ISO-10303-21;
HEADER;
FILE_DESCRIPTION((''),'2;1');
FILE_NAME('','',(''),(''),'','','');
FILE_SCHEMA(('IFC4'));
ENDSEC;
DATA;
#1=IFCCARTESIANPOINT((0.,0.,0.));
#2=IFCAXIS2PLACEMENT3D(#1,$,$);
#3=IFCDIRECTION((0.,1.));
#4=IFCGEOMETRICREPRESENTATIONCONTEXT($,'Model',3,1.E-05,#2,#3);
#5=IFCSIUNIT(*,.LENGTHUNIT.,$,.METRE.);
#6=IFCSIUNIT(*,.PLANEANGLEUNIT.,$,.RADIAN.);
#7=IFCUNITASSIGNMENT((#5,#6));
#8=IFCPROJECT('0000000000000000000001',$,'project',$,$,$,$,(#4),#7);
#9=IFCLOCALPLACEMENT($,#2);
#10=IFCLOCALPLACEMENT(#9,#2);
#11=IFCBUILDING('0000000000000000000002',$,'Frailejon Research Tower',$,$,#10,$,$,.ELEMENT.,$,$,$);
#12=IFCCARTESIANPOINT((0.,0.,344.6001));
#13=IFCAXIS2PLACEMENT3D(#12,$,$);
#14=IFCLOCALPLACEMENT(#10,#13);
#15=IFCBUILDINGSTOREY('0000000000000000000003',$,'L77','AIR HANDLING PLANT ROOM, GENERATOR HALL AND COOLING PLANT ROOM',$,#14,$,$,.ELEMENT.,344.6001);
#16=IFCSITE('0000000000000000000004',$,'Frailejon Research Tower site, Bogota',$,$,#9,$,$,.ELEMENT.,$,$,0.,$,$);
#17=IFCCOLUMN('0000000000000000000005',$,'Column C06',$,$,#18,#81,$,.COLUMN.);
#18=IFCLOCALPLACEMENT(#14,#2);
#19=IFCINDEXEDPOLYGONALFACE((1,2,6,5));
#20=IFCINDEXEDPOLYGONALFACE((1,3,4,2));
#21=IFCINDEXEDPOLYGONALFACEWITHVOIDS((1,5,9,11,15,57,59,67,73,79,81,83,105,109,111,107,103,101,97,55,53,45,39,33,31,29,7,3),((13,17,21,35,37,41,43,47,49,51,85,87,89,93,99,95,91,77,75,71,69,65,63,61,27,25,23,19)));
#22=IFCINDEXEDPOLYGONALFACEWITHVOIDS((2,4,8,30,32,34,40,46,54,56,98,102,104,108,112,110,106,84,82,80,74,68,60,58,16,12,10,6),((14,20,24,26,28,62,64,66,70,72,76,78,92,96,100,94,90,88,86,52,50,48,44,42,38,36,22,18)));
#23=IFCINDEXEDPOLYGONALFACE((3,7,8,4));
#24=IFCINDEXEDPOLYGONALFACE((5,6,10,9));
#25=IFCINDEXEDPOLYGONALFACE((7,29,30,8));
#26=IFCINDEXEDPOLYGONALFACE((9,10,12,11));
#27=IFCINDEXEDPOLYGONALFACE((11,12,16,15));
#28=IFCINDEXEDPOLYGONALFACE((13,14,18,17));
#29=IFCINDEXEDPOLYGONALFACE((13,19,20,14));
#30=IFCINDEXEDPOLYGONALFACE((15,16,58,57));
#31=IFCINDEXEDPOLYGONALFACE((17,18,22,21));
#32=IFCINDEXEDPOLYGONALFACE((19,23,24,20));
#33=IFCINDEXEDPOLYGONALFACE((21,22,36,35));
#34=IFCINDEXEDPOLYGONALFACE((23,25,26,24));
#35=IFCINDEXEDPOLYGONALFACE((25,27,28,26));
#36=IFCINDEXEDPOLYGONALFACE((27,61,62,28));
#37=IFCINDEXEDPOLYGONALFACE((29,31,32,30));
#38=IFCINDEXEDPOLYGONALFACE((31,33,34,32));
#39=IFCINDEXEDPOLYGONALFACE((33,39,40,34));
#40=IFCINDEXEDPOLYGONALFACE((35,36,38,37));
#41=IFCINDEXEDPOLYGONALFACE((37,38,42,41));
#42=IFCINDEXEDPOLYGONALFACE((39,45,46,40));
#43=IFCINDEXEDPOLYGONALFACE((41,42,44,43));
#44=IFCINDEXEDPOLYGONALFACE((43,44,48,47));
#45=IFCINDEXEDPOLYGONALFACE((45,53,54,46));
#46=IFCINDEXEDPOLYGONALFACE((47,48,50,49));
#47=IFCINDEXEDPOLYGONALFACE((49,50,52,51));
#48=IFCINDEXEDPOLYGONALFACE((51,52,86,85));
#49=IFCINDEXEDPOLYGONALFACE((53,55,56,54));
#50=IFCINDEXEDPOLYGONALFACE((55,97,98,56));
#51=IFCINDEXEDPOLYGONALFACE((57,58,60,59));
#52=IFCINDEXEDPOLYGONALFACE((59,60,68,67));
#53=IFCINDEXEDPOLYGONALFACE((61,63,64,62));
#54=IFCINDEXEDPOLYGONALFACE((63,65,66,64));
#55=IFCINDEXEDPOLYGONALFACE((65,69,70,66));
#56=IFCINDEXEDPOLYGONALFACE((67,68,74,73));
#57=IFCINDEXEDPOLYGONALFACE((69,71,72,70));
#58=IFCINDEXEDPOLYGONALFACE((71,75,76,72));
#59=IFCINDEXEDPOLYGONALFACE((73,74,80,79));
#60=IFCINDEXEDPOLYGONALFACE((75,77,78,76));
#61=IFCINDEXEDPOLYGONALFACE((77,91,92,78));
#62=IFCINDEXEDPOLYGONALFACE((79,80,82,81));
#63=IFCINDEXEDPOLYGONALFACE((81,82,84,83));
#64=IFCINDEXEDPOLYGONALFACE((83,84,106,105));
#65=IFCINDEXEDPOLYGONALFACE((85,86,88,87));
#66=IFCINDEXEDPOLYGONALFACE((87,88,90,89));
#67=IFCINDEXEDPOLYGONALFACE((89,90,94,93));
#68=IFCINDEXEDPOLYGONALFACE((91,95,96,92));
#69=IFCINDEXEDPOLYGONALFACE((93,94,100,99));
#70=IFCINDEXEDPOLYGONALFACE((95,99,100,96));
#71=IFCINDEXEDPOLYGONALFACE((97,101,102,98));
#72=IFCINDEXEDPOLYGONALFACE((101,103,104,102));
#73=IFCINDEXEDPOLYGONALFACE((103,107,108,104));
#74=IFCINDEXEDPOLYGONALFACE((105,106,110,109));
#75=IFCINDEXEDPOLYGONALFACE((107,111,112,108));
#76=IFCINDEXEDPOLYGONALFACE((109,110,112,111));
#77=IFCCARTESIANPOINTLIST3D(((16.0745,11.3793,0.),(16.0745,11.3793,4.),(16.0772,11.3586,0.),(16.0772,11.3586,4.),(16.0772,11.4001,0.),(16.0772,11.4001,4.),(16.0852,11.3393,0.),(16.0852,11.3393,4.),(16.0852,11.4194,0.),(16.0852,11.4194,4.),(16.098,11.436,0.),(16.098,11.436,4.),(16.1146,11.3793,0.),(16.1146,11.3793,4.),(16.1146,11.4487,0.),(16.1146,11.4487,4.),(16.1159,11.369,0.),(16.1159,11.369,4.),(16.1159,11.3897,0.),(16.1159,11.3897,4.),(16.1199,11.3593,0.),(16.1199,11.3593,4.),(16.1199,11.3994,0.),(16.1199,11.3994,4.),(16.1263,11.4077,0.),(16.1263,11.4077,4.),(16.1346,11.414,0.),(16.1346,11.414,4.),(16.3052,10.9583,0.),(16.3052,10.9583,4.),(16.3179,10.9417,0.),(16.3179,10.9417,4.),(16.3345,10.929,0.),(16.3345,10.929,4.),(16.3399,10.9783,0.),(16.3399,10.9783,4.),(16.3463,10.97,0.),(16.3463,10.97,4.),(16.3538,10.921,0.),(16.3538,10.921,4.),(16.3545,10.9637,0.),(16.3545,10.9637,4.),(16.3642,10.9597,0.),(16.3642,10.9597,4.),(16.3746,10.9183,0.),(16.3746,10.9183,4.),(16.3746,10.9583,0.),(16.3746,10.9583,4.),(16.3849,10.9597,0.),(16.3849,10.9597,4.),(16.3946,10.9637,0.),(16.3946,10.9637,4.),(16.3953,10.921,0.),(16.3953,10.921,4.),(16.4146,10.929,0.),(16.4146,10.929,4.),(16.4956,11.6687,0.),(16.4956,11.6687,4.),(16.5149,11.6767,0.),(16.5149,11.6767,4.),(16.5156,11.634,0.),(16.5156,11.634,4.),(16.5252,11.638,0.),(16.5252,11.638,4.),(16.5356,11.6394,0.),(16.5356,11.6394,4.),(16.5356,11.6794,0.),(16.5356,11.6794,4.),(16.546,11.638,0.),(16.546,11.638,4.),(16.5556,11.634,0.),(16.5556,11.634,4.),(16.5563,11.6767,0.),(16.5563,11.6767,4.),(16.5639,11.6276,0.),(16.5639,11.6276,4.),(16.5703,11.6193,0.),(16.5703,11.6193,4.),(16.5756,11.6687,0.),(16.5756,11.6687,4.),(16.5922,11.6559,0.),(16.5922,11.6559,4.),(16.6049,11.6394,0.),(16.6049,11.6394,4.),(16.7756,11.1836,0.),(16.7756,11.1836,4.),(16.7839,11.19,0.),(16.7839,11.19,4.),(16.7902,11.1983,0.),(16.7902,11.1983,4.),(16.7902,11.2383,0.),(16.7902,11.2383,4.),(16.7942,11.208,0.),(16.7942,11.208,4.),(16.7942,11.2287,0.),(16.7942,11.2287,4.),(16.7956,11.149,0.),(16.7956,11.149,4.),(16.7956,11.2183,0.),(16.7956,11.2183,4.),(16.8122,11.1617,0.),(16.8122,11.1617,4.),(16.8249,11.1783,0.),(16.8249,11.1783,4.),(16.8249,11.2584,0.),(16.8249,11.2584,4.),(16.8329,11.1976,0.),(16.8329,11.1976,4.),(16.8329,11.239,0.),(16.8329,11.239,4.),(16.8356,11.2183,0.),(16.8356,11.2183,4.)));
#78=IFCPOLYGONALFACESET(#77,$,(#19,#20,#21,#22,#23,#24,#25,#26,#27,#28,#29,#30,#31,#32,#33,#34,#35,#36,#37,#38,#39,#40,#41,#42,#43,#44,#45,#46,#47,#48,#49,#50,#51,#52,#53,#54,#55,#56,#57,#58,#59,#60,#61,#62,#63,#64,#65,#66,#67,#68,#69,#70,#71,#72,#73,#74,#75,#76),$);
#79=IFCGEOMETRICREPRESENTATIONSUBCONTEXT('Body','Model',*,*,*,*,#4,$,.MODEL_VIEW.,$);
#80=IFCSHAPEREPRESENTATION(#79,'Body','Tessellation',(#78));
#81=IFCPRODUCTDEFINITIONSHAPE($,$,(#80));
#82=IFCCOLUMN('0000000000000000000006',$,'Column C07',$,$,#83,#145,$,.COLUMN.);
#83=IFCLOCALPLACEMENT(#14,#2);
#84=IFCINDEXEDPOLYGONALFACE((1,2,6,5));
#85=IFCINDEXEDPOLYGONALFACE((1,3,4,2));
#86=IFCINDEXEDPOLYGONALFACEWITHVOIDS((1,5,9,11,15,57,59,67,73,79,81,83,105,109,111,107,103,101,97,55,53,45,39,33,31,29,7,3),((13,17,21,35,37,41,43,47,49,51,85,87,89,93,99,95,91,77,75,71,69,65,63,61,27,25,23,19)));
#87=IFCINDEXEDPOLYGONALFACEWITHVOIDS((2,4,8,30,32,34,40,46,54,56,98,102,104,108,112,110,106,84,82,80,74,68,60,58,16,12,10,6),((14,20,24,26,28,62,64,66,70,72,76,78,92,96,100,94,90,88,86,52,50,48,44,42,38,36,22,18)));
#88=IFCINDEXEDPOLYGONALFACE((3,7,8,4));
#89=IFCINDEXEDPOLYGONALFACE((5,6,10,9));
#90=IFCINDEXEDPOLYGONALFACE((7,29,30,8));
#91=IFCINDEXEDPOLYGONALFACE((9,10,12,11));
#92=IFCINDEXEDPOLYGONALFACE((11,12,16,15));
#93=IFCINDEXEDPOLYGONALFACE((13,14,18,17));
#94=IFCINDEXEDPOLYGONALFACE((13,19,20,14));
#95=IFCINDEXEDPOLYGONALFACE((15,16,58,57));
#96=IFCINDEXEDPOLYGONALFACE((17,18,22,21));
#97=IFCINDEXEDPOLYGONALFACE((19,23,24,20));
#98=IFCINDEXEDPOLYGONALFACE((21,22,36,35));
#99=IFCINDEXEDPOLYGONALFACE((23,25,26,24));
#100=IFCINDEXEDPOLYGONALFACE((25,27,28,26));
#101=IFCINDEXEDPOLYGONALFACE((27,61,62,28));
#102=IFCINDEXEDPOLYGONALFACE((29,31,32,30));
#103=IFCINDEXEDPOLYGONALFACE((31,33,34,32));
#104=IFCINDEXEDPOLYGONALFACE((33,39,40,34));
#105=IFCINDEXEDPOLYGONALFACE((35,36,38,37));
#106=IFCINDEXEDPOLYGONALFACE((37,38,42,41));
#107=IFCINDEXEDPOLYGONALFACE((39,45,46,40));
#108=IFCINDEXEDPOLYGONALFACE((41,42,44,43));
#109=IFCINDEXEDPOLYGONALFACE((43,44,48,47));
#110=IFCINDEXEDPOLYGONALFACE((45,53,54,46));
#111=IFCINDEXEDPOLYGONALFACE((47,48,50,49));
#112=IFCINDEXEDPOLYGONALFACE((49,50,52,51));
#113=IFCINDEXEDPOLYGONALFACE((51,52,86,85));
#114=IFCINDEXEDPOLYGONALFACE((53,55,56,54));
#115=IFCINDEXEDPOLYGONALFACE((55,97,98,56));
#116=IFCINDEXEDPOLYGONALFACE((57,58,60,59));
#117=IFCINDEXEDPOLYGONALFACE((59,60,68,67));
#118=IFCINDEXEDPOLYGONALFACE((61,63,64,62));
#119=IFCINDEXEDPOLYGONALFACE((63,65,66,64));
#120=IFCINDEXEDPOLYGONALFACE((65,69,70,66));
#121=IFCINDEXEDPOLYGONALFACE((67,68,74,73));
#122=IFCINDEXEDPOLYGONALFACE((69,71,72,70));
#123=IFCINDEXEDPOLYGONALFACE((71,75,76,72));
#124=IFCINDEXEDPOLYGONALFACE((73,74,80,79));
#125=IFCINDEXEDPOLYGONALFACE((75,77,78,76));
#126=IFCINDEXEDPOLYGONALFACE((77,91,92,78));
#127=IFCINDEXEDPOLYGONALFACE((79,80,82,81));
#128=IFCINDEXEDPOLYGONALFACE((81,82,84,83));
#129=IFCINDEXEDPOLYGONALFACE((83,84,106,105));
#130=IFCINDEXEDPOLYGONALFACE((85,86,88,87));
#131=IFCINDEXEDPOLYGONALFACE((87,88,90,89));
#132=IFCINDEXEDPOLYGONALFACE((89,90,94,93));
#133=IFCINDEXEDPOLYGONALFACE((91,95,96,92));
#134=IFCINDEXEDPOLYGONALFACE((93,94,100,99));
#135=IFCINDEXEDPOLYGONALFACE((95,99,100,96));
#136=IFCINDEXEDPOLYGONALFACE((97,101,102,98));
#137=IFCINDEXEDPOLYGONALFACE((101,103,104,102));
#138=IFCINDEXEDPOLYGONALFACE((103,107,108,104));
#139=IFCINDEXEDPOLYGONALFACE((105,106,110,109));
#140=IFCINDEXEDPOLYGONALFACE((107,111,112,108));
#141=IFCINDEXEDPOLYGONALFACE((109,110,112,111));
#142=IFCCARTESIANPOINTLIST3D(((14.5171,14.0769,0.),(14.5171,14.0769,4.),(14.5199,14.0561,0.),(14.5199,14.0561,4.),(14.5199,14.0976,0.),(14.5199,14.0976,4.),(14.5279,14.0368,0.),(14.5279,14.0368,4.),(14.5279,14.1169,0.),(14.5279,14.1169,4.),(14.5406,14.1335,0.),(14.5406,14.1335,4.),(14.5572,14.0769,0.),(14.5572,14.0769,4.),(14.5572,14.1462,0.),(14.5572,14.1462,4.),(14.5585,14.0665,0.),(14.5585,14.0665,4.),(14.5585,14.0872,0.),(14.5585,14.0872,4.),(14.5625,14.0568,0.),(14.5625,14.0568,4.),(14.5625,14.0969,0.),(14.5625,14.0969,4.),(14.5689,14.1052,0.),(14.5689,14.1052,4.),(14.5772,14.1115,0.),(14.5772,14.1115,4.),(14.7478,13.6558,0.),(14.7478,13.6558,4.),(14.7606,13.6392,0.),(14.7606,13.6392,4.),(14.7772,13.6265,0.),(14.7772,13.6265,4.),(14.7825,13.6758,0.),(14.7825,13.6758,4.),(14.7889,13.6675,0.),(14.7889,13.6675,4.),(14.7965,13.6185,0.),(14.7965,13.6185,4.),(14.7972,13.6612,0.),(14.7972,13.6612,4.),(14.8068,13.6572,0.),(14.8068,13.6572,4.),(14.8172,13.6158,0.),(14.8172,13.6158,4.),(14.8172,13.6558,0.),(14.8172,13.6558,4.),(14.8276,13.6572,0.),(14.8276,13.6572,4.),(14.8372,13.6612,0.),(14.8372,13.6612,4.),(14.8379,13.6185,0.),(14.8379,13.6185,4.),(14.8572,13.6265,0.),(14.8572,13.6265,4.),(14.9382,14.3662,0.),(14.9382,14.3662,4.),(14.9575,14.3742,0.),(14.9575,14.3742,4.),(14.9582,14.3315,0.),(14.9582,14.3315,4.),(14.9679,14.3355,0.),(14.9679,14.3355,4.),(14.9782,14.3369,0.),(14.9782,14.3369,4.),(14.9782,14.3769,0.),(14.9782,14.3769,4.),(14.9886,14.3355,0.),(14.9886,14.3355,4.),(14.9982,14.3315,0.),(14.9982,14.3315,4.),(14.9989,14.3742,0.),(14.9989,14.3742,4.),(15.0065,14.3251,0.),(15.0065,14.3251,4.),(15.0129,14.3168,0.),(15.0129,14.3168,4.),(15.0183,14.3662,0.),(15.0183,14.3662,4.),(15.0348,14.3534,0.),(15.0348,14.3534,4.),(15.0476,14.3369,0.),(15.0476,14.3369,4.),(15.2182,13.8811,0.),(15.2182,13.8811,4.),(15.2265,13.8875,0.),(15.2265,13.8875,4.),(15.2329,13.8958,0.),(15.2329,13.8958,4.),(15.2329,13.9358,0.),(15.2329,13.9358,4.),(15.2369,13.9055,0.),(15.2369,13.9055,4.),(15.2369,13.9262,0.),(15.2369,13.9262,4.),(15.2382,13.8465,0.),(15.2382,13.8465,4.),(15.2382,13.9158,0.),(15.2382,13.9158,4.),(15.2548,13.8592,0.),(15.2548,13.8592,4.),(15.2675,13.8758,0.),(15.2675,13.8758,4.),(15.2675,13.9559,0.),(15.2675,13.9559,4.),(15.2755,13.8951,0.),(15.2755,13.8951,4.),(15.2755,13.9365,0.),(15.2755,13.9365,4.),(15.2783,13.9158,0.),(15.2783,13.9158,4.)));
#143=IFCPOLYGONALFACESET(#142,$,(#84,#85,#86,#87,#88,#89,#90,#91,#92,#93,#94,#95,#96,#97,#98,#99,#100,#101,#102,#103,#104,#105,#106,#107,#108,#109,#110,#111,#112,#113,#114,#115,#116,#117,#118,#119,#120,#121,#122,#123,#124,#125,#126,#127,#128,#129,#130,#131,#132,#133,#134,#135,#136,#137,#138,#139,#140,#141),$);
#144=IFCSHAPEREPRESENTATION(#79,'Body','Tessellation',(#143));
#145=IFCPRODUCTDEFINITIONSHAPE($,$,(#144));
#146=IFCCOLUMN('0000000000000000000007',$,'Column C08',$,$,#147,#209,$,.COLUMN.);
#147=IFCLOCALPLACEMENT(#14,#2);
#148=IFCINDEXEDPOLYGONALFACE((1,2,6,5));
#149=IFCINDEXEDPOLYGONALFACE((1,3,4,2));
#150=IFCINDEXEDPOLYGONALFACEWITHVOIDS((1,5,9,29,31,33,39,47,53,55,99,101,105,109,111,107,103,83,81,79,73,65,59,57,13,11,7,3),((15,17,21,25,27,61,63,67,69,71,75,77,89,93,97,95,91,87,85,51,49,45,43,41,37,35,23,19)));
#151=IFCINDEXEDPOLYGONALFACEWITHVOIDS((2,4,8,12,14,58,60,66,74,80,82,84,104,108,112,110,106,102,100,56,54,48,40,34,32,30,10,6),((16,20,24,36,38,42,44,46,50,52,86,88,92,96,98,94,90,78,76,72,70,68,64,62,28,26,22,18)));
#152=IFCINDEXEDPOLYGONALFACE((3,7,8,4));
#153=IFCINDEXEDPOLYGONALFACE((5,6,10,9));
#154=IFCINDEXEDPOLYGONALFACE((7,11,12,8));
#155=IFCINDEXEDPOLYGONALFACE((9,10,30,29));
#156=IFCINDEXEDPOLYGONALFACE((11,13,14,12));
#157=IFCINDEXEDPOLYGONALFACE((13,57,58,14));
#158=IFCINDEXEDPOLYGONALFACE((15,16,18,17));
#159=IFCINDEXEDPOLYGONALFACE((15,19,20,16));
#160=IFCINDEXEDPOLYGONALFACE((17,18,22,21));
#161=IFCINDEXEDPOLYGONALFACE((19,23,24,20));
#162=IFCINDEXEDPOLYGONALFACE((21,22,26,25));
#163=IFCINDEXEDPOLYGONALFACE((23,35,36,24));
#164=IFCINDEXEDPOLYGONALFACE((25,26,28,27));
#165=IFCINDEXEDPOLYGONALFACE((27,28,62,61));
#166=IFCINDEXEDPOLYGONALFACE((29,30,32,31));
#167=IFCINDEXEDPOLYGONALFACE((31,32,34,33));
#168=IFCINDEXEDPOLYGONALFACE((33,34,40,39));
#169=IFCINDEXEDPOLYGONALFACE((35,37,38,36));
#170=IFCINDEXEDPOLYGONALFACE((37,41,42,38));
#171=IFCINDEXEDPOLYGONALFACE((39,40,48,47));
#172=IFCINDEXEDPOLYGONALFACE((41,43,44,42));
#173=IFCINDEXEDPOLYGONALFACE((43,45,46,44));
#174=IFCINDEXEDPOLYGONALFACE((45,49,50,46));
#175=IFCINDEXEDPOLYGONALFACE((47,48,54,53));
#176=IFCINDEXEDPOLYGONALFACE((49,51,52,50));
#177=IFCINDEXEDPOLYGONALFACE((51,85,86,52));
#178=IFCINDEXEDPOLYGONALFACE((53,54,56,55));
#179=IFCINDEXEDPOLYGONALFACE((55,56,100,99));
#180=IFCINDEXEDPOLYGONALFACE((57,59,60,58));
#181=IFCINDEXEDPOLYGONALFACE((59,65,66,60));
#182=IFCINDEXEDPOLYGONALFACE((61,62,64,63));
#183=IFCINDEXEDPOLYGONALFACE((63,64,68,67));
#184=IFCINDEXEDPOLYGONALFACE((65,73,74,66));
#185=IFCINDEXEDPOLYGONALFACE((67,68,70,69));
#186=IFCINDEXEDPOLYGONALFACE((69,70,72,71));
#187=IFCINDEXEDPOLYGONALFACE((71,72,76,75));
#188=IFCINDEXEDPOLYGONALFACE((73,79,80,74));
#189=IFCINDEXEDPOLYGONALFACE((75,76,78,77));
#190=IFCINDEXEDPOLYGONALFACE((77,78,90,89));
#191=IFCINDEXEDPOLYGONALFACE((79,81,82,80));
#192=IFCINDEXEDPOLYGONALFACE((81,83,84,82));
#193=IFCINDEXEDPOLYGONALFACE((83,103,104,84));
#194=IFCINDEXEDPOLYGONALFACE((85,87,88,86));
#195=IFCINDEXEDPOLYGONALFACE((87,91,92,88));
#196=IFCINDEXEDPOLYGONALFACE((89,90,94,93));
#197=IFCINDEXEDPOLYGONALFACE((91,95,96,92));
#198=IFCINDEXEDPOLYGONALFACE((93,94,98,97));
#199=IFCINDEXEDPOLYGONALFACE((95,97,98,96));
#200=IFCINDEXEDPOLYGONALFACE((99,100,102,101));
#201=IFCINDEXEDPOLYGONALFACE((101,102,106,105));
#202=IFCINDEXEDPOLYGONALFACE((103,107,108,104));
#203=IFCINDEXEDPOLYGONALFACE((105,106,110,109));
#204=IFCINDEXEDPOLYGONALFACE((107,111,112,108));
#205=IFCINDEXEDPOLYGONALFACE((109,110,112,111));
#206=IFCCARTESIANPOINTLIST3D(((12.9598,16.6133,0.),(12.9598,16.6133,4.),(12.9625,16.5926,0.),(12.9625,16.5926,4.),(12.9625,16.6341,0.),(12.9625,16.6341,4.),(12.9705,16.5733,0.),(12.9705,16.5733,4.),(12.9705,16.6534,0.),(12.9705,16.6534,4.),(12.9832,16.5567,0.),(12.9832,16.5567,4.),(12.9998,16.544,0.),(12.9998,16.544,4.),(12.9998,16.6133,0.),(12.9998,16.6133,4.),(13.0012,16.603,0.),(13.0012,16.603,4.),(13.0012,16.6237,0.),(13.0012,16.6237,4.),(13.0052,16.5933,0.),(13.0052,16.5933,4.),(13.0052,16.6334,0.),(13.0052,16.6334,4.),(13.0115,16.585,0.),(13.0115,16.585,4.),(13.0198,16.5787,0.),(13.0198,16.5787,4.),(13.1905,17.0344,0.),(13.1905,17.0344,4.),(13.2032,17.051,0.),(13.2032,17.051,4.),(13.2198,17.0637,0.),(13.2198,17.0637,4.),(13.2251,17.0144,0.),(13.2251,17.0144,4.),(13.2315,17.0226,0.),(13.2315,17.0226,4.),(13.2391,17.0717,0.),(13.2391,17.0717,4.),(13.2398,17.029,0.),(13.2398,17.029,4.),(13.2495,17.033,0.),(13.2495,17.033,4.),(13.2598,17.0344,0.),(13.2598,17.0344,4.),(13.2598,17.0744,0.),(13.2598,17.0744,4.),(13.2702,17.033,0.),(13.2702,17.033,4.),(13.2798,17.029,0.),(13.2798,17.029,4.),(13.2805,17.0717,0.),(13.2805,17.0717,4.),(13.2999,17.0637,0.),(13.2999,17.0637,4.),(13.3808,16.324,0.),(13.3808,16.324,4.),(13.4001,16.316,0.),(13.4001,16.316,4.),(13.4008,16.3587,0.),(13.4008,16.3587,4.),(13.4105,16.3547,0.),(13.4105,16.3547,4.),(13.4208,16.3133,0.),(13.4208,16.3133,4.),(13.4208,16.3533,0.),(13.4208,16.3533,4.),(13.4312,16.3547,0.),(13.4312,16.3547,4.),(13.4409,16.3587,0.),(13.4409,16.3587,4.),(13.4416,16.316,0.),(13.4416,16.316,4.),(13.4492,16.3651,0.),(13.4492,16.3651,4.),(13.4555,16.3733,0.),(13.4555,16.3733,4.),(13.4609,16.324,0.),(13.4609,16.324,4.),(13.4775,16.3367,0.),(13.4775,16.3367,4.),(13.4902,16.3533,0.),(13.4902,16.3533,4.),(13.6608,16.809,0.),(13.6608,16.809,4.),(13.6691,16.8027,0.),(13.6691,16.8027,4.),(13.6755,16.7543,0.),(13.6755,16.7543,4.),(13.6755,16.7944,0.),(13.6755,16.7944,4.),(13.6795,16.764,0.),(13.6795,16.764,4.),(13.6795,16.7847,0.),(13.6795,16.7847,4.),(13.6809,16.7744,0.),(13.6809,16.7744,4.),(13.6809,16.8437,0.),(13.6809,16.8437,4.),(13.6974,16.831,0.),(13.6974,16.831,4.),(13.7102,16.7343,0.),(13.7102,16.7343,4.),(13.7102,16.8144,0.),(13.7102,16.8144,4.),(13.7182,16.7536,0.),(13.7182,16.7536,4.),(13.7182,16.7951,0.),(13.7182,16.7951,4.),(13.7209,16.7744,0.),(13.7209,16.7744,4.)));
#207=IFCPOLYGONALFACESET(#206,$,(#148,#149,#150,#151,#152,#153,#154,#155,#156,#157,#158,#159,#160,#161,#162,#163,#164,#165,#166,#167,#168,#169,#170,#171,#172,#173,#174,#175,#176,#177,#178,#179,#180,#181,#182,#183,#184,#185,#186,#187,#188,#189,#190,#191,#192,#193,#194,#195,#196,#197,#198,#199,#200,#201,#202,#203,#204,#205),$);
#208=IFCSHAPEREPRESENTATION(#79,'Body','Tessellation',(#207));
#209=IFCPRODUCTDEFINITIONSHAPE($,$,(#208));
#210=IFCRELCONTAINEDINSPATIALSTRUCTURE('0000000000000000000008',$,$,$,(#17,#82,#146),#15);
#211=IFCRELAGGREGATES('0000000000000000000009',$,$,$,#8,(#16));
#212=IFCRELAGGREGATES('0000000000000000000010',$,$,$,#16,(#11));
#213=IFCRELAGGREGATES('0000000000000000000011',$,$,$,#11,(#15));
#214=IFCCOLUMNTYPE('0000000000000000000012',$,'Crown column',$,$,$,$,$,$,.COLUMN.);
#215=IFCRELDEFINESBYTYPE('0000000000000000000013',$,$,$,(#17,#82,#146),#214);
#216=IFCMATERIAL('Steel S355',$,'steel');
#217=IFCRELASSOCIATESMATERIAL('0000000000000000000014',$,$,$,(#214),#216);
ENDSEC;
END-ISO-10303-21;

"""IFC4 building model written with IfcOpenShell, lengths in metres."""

from ifc_helpers import new_model, si_unit, direction, frame, origin, origin_2d, place, context, subcontext, project, spatial, hollow_rectangle, extrude, material, material_profile, profile_set, type_object, element, save


model = new_model("IFC4")

# Units and contexts
model_context = context("Model", 3, precision=1e-05, world=origin(), true_north=direction((0.0, 1.0)))
body_context = subcontext(model_context, "Body", "Model", "MODEL_VIEW")
ifc_project = project(units=[si_unit("LENGTHUNIT", "METRE"), si_unit("PLANEANGLEUNIT", "RADIAN")], contexts=[model_context])

# Site, building, storey
site_placement = place(None, origin())
site = spatial("IfcSite", under=ifc_project, at=site_placement, Name="Frailejon Research Tower site, Bogota", CompositionType="ELEMENT", RefElevation=0.0)
building_placement = place(site_placement, origin())
building = spatial("IfcBuilding", under=site, at=building_placement, Name="Frailejon Research Tower", CompositionType="ELEMENT")
storey_placement = place(building_placement, frame((0.0, 0.0, 344.6001)))
storey = spatial("IfcBuildingStorey", under=building, at=storey_placement, Name="L77", Description="AIR HANDLING PLANT ROOM, GENERATOR HALL AND COOLING PLANT ROOM", CompositionType="ELEMENT", Elevation=344.6001)

# Columns
ifc_material_1 = material(Name="Steel S355", Category="steel")
ifc_material_profile_1 = material_profile(ifc_material_1, hollow_rectangle(XDim=0.6001, YDim=0.6001, WallThickness=0.04, InnerFilletRadius=0.04, OuterFilletRadius=0.0801, at=origin_2d()), Name="Crown column")
ifc_profile_set_1 = profile_set([ifc_material_profile_1], Name="Steel S355")
column_type = type_object("IfcColumnType", Name="Crown column", PredefinedType="COLUMN", material=ifc_profile_set_1)
for number, where, z_axis, x_axis, name in (
    (1, (16.4551, 11.2988, 0.0), (0.0, 0.0, 1.0), (-0.5, 0.866025, 0.0), "Column C06"),
    (2, (14.8977, 13.9963, 0.0), (0.0, 0.0, 1.0), (-0.5, 0.866025, 0.0), "Column C07"),
    (3, (13.3403, 16.6938, 0.0), (0.0, 0.0, 1.0), (-0.866025, 0.5, 0.0), "Column C08"),
):
    element("IfcColumn", number, at=place(storey_placement, frame(where, z_axis=z_axis, x_axis=x_axis)), inside=storey, type_object=column_type, Name=name, PredefinedType="COLUMN", context=body_context, shape_type="SweptSolid", body=[
        extrude(hollow_rectangle(XDim=0.6001, YDim=0.6001, WallThickness=0.04, InnerFilletRadius=0.04, OuterFilletRadius=0.0801, at=origin_2d()), origin(), (0.0, 0.0, 1.0), 4.0),
    ])

save(model, "model.ifc")
